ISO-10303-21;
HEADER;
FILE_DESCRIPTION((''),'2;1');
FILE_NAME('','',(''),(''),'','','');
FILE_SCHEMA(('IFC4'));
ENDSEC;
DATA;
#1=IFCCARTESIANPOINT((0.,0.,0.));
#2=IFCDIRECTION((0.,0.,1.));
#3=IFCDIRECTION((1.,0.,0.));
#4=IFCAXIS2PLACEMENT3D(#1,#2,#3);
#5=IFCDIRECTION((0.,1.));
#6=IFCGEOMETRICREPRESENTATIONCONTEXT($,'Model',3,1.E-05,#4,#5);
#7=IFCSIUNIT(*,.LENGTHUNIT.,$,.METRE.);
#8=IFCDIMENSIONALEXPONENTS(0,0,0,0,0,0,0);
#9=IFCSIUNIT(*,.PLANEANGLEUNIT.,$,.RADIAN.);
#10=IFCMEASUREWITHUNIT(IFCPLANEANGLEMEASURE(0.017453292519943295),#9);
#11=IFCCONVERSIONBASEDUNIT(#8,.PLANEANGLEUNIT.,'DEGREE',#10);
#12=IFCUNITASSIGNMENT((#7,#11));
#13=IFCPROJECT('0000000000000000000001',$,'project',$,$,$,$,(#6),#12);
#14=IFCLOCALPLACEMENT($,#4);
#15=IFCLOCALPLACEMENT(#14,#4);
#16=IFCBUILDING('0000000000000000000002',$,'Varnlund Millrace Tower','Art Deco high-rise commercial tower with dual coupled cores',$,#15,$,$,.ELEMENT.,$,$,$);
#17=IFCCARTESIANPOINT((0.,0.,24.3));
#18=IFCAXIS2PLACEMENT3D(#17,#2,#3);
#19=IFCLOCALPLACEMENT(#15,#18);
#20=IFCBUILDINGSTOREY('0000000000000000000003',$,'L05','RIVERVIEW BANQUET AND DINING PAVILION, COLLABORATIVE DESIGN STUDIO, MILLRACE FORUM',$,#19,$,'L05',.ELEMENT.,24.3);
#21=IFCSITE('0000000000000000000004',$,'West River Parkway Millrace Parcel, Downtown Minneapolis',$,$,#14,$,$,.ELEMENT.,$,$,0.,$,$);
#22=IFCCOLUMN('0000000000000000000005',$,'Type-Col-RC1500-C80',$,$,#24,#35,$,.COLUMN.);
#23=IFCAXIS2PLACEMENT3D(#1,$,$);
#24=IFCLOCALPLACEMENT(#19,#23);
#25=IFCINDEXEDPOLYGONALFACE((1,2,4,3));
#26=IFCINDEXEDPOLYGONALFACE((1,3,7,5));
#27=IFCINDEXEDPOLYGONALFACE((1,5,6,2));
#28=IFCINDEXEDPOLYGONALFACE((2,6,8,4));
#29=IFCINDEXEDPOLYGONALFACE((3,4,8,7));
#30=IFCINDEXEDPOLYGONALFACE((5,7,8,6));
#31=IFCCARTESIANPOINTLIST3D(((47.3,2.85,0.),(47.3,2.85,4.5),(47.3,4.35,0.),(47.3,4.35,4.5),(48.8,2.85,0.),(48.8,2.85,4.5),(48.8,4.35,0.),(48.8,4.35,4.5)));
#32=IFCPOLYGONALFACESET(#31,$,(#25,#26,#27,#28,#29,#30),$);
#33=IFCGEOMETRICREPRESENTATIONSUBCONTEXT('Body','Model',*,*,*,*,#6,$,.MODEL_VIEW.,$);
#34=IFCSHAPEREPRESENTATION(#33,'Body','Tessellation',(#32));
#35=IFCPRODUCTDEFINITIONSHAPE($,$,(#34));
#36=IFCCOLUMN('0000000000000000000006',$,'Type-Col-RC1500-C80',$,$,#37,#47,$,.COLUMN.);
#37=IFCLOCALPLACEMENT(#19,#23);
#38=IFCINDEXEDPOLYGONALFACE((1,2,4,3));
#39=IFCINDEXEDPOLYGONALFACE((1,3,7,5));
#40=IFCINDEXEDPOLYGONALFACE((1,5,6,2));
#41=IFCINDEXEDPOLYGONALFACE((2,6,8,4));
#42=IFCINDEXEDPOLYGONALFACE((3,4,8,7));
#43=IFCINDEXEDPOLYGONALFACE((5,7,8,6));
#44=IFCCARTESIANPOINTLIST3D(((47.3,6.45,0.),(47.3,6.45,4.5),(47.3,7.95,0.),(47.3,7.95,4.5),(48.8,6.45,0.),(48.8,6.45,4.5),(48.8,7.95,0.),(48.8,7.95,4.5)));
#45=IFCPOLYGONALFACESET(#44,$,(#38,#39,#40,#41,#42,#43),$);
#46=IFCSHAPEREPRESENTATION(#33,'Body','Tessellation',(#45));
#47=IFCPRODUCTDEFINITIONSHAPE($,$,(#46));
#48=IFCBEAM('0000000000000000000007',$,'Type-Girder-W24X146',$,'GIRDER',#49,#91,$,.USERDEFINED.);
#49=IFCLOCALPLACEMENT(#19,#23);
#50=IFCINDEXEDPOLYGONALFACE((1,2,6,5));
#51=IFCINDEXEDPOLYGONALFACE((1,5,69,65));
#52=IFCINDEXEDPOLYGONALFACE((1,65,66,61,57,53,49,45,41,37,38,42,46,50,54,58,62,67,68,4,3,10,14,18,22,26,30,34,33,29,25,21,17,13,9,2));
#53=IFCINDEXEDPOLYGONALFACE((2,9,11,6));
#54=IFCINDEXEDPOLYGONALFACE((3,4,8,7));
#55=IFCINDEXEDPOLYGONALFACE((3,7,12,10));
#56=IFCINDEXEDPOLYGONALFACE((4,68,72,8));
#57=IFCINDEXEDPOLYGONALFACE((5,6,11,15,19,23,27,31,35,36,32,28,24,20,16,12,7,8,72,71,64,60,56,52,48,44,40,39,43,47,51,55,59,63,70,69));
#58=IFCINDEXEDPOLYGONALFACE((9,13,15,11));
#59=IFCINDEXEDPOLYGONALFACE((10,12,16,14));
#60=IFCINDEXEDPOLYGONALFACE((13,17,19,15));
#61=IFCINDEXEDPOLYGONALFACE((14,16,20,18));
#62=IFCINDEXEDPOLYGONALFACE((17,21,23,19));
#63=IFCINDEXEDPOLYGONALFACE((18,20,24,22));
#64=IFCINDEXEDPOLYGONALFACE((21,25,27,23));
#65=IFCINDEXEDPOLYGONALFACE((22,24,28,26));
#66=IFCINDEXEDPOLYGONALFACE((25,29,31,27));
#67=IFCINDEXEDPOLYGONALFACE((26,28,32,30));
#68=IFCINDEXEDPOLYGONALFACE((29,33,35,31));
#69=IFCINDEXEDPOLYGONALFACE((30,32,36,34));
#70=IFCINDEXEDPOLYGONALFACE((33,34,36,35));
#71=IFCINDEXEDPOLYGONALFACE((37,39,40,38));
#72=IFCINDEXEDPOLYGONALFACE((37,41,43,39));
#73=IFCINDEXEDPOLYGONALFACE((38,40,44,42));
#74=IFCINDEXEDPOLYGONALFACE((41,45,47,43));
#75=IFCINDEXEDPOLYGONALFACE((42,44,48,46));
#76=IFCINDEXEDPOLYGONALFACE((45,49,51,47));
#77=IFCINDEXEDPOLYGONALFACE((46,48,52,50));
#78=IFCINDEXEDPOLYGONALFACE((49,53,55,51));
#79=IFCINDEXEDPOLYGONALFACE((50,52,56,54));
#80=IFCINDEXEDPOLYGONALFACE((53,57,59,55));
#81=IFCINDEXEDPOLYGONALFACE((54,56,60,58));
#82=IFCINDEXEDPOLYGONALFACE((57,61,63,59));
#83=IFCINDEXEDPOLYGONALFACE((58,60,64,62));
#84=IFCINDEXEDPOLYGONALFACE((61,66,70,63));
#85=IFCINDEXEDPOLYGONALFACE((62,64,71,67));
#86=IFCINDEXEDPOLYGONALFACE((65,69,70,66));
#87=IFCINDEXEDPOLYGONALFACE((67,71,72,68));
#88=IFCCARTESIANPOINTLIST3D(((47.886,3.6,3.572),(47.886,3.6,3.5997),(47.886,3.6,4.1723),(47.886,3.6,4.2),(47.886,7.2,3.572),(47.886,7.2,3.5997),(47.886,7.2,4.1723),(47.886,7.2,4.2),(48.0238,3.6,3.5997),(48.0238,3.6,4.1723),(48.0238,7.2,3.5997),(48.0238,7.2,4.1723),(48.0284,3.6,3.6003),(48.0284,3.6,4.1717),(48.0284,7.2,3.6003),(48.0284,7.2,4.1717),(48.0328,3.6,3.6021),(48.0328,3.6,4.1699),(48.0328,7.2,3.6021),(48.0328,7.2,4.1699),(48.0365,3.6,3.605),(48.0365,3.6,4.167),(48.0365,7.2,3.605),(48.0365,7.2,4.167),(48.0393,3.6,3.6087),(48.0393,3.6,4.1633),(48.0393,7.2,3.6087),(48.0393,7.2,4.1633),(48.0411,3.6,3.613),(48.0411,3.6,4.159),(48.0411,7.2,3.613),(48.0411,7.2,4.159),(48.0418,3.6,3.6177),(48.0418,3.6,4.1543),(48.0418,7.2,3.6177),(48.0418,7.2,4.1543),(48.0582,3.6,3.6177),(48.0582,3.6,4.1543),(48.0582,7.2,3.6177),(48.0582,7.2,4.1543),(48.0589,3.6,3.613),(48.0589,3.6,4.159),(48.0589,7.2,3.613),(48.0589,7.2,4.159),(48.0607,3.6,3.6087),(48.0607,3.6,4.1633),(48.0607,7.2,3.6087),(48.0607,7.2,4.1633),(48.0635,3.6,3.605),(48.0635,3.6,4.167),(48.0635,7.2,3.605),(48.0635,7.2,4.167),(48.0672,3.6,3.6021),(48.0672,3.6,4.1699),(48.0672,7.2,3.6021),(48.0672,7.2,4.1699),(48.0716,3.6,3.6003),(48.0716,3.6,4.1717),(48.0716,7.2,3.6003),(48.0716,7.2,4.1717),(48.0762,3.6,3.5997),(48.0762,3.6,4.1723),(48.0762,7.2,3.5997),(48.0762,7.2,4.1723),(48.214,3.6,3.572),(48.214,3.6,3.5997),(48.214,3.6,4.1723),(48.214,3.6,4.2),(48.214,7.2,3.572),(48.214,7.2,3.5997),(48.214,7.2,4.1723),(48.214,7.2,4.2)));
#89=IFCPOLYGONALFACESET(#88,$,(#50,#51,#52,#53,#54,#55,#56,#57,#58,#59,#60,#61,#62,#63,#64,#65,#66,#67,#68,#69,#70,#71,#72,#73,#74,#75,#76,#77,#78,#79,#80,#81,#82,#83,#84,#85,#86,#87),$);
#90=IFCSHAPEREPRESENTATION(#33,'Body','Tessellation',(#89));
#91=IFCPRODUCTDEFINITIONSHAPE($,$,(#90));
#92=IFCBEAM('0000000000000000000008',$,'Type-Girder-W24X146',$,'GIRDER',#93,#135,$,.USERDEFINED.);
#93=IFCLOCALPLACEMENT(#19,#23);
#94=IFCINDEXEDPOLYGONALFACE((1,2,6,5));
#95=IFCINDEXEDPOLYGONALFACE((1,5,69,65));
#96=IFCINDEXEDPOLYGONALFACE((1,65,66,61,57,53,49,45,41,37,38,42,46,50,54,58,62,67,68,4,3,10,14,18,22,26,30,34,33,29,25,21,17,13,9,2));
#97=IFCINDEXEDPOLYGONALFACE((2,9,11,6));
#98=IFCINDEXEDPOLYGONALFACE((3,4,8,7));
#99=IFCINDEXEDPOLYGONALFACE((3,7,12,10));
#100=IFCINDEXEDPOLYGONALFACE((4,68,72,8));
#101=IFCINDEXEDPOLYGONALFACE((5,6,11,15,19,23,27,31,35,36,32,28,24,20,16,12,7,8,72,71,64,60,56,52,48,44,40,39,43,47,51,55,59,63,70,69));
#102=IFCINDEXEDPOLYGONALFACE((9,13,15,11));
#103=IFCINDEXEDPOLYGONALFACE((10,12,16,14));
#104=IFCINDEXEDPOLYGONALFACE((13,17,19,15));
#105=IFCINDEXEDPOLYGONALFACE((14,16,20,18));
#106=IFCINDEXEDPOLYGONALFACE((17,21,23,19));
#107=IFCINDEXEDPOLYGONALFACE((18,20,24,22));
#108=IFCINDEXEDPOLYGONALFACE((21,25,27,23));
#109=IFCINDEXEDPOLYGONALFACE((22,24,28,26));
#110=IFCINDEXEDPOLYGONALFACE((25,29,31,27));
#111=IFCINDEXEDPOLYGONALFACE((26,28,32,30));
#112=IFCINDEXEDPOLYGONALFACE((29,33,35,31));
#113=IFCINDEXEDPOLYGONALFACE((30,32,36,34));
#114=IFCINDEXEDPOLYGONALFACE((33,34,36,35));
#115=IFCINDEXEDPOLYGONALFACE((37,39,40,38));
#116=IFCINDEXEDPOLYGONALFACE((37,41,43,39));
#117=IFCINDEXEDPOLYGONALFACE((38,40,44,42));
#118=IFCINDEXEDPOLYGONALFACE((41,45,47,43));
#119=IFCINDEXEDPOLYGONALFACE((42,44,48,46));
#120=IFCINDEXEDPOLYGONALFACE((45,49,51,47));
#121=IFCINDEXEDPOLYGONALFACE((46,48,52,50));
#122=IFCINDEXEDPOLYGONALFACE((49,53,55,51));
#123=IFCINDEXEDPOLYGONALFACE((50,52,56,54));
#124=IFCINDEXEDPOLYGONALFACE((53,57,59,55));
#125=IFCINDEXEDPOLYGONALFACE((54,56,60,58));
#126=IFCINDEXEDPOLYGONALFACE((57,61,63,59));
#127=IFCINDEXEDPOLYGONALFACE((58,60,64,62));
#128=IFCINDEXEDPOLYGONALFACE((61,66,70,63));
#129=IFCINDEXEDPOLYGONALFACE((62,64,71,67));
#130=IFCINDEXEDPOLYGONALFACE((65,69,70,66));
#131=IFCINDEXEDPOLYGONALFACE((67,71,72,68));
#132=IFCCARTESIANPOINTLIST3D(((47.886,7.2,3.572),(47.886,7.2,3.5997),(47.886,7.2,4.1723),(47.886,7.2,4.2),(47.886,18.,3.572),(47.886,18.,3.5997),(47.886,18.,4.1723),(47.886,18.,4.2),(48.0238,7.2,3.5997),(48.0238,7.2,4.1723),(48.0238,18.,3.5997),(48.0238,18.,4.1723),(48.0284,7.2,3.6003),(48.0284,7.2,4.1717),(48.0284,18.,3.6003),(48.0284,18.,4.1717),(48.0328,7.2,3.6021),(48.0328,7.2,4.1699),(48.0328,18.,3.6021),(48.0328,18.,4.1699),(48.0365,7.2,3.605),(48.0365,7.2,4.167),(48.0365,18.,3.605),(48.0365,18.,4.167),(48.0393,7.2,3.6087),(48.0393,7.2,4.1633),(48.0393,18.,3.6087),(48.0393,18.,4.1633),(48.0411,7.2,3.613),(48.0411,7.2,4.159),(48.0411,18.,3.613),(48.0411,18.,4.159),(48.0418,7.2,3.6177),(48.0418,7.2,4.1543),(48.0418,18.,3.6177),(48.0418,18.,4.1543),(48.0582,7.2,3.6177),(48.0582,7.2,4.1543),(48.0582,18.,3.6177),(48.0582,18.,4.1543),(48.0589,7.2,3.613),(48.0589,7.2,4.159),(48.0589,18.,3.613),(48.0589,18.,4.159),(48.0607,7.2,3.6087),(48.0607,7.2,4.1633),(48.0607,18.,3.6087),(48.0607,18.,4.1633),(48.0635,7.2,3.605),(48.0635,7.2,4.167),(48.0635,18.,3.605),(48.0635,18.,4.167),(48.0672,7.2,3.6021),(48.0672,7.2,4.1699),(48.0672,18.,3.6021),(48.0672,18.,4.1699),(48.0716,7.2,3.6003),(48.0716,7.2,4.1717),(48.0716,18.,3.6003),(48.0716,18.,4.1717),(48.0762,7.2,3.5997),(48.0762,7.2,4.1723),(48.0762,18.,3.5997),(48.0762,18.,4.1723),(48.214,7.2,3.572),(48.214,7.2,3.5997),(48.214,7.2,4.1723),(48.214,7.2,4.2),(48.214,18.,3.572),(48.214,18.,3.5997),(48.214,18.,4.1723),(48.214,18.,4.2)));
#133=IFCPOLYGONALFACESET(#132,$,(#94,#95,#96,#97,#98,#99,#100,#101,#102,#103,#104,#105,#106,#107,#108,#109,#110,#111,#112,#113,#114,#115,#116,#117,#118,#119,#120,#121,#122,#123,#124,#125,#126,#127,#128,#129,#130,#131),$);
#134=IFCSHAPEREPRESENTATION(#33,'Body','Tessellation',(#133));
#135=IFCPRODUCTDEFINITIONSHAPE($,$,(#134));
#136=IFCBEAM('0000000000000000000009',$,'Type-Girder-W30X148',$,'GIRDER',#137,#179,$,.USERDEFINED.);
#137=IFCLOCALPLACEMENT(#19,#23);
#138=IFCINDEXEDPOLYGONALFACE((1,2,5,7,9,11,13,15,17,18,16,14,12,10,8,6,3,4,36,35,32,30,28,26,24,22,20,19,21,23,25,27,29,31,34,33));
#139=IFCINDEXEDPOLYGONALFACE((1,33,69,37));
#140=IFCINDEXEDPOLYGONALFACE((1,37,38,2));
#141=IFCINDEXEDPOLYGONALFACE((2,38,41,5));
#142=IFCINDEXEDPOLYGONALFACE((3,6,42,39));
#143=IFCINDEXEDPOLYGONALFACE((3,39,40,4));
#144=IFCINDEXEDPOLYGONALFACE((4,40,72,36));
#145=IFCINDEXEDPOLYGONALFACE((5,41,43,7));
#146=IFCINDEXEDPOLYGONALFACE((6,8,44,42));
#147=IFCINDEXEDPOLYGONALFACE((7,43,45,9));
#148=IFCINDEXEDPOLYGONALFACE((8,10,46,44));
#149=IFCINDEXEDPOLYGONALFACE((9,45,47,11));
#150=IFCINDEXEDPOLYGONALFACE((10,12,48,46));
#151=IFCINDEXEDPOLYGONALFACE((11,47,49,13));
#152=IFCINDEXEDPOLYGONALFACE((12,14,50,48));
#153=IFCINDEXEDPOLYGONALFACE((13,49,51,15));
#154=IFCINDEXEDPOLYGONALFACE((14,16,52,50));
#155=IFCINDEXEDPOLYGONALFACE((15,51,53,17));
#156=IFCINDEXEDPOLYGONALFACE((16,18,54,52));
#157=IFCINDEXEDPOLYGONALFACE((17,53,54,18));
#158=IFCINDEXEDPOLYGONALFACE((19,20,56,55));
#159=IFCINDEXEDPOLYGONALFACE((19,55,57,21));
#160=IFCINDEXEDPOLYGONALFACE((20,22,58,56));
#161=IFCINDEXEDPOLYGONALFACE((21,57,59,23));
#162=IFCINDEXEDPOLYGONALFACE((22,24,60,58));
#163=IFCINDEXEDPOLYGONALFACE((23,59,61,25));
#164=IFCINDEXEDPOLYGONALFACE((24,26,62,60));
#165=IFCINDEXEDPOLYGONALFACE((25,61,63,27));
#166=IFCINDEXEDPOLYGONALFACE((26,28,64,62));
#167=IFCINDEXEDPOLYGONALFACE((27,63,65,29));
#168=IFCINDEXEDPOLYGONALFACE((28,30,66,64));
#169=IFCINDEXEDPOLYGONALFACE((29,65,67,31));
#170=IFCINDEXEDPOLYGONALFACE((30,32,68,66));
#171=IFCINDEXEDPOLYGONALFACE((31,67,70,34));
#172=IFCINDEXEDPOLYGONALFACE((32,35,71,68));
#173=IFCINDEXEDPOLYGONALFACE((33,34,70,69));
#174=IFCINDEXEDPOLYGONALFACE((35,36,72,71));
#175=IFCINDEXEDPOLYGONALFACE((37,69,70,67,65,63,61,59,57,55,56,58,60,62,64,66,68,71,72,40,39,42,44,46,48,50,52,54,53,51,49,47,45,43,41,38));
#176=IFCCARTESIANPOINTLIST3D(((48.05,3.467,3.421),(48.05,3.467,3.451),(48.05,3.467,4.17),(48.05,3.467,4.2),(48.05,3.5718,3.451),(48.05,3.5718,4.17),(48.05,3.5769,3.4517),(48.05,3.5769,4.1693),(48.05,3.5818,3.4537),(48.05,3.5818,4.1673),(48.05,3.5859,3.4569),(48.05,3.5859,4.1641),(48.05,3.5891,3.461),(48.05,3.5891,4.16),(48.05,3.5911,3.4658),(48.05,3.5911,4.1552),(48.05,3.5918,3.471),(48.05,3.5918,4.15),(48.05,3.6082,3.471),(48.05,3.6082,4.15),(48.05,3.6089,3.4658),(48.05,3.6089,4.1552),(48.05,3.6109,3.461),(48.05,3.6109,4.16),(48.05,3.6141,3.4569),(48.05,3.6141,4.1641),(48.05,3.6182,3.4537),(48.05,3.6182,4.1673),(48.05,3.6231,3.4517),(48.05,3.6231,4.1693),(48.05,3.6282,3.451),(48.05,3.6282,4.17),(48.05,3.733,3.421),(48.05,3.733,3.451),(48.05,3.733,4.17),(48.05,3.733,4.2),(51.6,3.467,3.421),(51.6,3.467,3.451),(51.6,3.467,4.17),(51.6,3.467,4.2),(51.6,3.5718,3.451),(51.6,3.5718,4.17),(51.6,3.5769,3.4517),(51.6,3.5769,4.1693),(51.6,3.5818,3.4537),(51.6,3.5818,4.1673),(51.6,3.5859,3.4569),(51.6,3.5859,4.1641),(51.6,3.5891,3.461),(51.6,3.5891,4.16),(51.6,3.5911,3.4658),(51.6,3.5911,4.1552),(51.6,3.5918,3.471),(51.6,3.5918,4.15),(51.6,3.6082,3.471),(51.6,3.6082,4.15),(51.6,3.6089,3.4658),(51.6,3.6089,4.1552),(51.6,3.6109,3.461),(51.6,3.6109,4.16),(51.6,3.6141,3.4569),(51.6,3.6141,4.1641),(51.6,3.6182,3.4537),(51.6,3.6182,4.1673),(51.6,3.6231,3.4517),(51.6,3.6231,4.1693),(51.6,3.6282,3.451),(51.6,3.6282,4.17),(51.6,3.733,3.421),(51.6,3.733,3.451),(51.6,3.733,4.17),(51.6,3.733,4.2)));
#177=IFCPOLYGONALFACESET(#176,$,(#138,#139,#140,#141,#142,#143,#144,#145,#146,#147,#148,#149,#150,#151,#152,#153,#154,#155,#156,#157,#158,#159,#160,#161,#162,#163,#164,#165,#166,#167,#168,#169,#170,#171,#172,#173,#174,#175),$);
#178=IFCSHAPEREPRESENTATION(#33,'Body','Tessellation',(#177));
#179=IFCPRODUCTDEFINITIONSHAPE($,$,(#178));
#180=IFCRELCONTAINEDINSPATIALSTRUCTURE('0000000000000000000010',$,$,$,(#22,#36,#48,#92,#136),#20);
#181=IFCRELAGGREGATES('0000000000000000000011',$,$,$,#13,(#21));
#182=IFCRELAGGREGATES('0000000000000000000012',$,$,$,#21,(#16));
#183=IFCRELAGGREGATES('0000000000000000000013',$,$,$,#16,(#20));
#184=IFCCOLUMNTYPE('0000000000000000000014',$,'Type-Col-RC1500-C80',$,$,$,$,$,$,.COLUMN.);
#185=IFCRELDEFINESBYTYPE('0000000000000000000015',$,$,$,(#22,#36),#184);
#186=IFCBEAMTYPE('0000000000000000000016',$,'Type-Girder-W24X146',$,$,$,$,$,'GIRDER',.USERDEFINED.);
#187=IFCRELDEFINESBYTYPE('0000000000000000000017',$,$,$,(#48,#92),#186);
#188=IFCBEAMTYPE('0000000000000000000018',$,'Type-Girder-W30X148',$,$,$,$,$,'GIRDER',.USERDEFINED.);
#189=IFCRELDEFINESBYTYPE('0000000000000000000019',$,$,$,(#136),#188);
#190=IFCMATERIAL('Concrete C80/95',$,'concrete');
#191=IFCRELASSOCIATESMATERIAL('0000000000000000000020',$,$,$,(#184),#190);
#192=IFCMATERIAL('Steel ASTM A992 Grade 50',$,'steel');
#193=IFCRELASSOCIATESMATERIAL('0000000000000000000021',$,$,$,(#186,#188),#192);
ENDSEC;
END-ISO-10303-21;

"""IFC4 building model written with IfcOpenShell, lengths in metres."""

from ifc_helpers import new_model, entity, si_unit, converted_unit, direction, frame, origin_with_axes, origin_2d_with_axis, place, context, subcontext, project, spatial, rectangle, i_section, extrude, material, material_profile, profile_set, type_object, element, save


model = new_model("IFC4")

# Units and contexts
model_context = context("Model", 3, precision=1e-05, world=origin_with_axes(), true_north=direction((0.0, 1.0)))
body_context = subcontext(model_context, "Body", "Model", "MODEL_VIEW")
ifc_project = project(units=[si_unit("LENGTHUNIT", "METRE"), converted_unit("PLANEANGLEUNIT", "DEGREE", entity("IfcPlaneAngleMeasure", 0.017453292519943295), si_unit("PLANEANGLEUNIT", "RADIAN"), dimensions=[0, 0, 0, 0, 0, 0, 0])], contexts=[model_context])

# Site, building, storey
site_placement = place(None, origin_with_axes())
site = spatial("IfcSite", under=ifc_project, at=site_placement, Name="West River Parkway Millrace Parcel, Downtown Minneapolis", CompositionType="ELEMENT", RefElevation=0.0)
building_placement = place(site_placement, origin_with_axes())
building = spatial("IfcBuilding", under=site, at=building_placement, Name="Varnlund Millrace Tower", Description="Art Deco high-rise commercial tower with dual coupled cores", CompositionType="ELEMENT")
storey_placement = place(building_placement, frame((0.0, 0.0, 24.3), z_axis=(0.0, 0.0, 1.0), x_axis=(1.0, 0.0, 0.0)))
storey = spatial("IfcBuildingStorey", under=building, at=storey_placement, Name="L05", Description="RIVERVIEW BANQUET AND DINING PAVILION, COLLABORATIVE DESIGN STUDIO, MILLRACE FORUM", LongName="L05", CompositionType="ELEMENT", Elevation=24.3)

# Columns
ifc_material_1 = material(Name="Concrete C80/95", Category="concrete")
ifc_material_profile_1 = material_profile(ifc_material_1, rectangle(XDim=1.5, YDim=1.5, at=origin_2d_with_axis()), Name="Concrete C80/95")
ifc_profile_set_1 = profile_set([ifc_material_profile_1], Name="Concrete C80/95")
column_type = type_object("IfcColumnType", Name="Type-Col-RC1500-C80", PredefinedType="COLUMN", material=ifc_profile_set_1)
for number, where, z_axis, x_axis, name in (
    (1, (48.05, 3.6, 0.0), (0.0, 0.0, 1.0), (1.0, 0.0, 0.0), "Type-Col-RC1500-C80"),
    (2, (48.05, 7.2, 0.0), (0.0, 0.0, 1.0), (1.0, 0.0, 0.0), "Type-Col-RC1500-C80"),
):
    element("IfcColumn", number, at=place(storey_placement, frame(where, z_axis=z_axis, x_axis=x_axis)), inside=storey, type_object=column_type, Name=name, PredefinedType="COLUMN", context=body_context, shape_type="SweptSolid", body=[
        extrude(rectangle(XDim=1.5, YDim=1.5, at=origin_2d_with_axis()), origin_with_axes(), (0.0, 0.0, 1.0), 4.5),
    ])

# Beams
ifc_material_2 = material(Name="Steel ASTM A992 Grade 50", Category="steel")
ifc_material_profile_2 = material_profile(ifc_material_2, i_section(OverallWidth=0.328, OverallDepth=0.628, WebThickness=0.0165, FlangeThickness=0.0277, FilletRadius=0.018, at=origin_2d_with_axis()), Name="Steel ASTM A992 Grade 50")
ifc_profile_set_2 = profile_set([ifc_material_profile_2], Name="Steel ASTM A992 Grade 50")
beam_type_1 = type_object("IfcBeamType", Name="Type-Girder-W24X146", ElementType="GIRDER", PredefinedType="USERDEFINED", material=ifc_profile_set_2)
beam_1_placement = place(storey_placement, frame((48.05, 3.6, 3.886), z_axis=(0.0, 1.0, 0.0), x_axis=(-1.0, 0.0, 0.0)))
element("IfcBeam", 3, at=beam_1_placement, inside=storey, type_object=beam_type_1, Name="Type-Girder-W24X146", ObjectType="GIRDER", PredefinedType="USERDEFINED", context=body_context, shape_type="SweptSolid", body=[
    extrude(i_section(OverallWidth=0.328, OverallDepth=0.628, WebThickness=0.0165, FlangeThickness=0.0277, FilletRadius=0.018, at=origin_2d_with_axis()), origin_with_axes(), (0.0, 0.0, 1.0), 3.6),
])
beam_2_placement = place(storey_placement, frame((48.05, 7.2, 3.886), z_axis=(0.0, 1.0, 0.0), x_axis=(-1.0, 0.0, 0.0)))
element("IfcBeam", 4, at=beam_2_placement, inside=storey, type_object=beam_type_1, Name="Type-Girder-W24X146", ObjectType="GIRDER", PredefinedType="USERDEFINED", context=body_context, shape_type="SweptSolid", body=[
    extrude(i_section(OverallWidth=0.328, OverallDepth=0.628, WebThickness=0.0165, FlangeThickness=0.0277, FilletRadius=0.018, at=origin_2d_with_axis()), origin_with_axes(), (0.0, 0.0, 1.0), 10.8),
])
ifc_material_profile_3 = material_profile(ifc_material_2, i_section(OverallWidth=0.266, OverallDepth=0.779, WebThickness=0.0165, FlangeThickness=0.03, FilletRadius=0.02, at=origin_2d_with_axis()), Name="Steel ASTM A992 Grade 50")
ifc_profile_set_3 = profile_set([ifc_material_profile_3], Name="Steel ASTM A992 Grade 50")
beam_type_2 = type_object("IfcBeamType", Name="Type-Girder-W30X148", ElementType="GIRDER", PredefinedType="USERDEFINED", material=ifc_profile_set_3)
for number, where, z_axis, x_axis, name in (
    (5, (48.05, 3.6, 3.8105), (1.0, 0.0, 0.0), (0.0, 1.0, 0.0), "Type-Girder-W30X148"),
):
    element("IfcBeam", number, at=place(storey_placement, frame(where, z_axis=z_axis, x_axis=x_axis)), inside=storey, type_object=beam_type_2, Name=name, ObjectType="GIRDER", PredefinedType="USERDEFINED", context=body_context, shape_type="SweptSolid", body=[
        extrude(i_section(OverallWidth=0.266, OverallDepth=0.779, WebThickness=0.0165, FlangeThickness=0.03, FilletRadius=0.02, at=origin_2d_with_axis()), origin_with_axes(), (0.0, 0.0, 1.0), 3.55),
    ])

save(model, "model.ifc")
